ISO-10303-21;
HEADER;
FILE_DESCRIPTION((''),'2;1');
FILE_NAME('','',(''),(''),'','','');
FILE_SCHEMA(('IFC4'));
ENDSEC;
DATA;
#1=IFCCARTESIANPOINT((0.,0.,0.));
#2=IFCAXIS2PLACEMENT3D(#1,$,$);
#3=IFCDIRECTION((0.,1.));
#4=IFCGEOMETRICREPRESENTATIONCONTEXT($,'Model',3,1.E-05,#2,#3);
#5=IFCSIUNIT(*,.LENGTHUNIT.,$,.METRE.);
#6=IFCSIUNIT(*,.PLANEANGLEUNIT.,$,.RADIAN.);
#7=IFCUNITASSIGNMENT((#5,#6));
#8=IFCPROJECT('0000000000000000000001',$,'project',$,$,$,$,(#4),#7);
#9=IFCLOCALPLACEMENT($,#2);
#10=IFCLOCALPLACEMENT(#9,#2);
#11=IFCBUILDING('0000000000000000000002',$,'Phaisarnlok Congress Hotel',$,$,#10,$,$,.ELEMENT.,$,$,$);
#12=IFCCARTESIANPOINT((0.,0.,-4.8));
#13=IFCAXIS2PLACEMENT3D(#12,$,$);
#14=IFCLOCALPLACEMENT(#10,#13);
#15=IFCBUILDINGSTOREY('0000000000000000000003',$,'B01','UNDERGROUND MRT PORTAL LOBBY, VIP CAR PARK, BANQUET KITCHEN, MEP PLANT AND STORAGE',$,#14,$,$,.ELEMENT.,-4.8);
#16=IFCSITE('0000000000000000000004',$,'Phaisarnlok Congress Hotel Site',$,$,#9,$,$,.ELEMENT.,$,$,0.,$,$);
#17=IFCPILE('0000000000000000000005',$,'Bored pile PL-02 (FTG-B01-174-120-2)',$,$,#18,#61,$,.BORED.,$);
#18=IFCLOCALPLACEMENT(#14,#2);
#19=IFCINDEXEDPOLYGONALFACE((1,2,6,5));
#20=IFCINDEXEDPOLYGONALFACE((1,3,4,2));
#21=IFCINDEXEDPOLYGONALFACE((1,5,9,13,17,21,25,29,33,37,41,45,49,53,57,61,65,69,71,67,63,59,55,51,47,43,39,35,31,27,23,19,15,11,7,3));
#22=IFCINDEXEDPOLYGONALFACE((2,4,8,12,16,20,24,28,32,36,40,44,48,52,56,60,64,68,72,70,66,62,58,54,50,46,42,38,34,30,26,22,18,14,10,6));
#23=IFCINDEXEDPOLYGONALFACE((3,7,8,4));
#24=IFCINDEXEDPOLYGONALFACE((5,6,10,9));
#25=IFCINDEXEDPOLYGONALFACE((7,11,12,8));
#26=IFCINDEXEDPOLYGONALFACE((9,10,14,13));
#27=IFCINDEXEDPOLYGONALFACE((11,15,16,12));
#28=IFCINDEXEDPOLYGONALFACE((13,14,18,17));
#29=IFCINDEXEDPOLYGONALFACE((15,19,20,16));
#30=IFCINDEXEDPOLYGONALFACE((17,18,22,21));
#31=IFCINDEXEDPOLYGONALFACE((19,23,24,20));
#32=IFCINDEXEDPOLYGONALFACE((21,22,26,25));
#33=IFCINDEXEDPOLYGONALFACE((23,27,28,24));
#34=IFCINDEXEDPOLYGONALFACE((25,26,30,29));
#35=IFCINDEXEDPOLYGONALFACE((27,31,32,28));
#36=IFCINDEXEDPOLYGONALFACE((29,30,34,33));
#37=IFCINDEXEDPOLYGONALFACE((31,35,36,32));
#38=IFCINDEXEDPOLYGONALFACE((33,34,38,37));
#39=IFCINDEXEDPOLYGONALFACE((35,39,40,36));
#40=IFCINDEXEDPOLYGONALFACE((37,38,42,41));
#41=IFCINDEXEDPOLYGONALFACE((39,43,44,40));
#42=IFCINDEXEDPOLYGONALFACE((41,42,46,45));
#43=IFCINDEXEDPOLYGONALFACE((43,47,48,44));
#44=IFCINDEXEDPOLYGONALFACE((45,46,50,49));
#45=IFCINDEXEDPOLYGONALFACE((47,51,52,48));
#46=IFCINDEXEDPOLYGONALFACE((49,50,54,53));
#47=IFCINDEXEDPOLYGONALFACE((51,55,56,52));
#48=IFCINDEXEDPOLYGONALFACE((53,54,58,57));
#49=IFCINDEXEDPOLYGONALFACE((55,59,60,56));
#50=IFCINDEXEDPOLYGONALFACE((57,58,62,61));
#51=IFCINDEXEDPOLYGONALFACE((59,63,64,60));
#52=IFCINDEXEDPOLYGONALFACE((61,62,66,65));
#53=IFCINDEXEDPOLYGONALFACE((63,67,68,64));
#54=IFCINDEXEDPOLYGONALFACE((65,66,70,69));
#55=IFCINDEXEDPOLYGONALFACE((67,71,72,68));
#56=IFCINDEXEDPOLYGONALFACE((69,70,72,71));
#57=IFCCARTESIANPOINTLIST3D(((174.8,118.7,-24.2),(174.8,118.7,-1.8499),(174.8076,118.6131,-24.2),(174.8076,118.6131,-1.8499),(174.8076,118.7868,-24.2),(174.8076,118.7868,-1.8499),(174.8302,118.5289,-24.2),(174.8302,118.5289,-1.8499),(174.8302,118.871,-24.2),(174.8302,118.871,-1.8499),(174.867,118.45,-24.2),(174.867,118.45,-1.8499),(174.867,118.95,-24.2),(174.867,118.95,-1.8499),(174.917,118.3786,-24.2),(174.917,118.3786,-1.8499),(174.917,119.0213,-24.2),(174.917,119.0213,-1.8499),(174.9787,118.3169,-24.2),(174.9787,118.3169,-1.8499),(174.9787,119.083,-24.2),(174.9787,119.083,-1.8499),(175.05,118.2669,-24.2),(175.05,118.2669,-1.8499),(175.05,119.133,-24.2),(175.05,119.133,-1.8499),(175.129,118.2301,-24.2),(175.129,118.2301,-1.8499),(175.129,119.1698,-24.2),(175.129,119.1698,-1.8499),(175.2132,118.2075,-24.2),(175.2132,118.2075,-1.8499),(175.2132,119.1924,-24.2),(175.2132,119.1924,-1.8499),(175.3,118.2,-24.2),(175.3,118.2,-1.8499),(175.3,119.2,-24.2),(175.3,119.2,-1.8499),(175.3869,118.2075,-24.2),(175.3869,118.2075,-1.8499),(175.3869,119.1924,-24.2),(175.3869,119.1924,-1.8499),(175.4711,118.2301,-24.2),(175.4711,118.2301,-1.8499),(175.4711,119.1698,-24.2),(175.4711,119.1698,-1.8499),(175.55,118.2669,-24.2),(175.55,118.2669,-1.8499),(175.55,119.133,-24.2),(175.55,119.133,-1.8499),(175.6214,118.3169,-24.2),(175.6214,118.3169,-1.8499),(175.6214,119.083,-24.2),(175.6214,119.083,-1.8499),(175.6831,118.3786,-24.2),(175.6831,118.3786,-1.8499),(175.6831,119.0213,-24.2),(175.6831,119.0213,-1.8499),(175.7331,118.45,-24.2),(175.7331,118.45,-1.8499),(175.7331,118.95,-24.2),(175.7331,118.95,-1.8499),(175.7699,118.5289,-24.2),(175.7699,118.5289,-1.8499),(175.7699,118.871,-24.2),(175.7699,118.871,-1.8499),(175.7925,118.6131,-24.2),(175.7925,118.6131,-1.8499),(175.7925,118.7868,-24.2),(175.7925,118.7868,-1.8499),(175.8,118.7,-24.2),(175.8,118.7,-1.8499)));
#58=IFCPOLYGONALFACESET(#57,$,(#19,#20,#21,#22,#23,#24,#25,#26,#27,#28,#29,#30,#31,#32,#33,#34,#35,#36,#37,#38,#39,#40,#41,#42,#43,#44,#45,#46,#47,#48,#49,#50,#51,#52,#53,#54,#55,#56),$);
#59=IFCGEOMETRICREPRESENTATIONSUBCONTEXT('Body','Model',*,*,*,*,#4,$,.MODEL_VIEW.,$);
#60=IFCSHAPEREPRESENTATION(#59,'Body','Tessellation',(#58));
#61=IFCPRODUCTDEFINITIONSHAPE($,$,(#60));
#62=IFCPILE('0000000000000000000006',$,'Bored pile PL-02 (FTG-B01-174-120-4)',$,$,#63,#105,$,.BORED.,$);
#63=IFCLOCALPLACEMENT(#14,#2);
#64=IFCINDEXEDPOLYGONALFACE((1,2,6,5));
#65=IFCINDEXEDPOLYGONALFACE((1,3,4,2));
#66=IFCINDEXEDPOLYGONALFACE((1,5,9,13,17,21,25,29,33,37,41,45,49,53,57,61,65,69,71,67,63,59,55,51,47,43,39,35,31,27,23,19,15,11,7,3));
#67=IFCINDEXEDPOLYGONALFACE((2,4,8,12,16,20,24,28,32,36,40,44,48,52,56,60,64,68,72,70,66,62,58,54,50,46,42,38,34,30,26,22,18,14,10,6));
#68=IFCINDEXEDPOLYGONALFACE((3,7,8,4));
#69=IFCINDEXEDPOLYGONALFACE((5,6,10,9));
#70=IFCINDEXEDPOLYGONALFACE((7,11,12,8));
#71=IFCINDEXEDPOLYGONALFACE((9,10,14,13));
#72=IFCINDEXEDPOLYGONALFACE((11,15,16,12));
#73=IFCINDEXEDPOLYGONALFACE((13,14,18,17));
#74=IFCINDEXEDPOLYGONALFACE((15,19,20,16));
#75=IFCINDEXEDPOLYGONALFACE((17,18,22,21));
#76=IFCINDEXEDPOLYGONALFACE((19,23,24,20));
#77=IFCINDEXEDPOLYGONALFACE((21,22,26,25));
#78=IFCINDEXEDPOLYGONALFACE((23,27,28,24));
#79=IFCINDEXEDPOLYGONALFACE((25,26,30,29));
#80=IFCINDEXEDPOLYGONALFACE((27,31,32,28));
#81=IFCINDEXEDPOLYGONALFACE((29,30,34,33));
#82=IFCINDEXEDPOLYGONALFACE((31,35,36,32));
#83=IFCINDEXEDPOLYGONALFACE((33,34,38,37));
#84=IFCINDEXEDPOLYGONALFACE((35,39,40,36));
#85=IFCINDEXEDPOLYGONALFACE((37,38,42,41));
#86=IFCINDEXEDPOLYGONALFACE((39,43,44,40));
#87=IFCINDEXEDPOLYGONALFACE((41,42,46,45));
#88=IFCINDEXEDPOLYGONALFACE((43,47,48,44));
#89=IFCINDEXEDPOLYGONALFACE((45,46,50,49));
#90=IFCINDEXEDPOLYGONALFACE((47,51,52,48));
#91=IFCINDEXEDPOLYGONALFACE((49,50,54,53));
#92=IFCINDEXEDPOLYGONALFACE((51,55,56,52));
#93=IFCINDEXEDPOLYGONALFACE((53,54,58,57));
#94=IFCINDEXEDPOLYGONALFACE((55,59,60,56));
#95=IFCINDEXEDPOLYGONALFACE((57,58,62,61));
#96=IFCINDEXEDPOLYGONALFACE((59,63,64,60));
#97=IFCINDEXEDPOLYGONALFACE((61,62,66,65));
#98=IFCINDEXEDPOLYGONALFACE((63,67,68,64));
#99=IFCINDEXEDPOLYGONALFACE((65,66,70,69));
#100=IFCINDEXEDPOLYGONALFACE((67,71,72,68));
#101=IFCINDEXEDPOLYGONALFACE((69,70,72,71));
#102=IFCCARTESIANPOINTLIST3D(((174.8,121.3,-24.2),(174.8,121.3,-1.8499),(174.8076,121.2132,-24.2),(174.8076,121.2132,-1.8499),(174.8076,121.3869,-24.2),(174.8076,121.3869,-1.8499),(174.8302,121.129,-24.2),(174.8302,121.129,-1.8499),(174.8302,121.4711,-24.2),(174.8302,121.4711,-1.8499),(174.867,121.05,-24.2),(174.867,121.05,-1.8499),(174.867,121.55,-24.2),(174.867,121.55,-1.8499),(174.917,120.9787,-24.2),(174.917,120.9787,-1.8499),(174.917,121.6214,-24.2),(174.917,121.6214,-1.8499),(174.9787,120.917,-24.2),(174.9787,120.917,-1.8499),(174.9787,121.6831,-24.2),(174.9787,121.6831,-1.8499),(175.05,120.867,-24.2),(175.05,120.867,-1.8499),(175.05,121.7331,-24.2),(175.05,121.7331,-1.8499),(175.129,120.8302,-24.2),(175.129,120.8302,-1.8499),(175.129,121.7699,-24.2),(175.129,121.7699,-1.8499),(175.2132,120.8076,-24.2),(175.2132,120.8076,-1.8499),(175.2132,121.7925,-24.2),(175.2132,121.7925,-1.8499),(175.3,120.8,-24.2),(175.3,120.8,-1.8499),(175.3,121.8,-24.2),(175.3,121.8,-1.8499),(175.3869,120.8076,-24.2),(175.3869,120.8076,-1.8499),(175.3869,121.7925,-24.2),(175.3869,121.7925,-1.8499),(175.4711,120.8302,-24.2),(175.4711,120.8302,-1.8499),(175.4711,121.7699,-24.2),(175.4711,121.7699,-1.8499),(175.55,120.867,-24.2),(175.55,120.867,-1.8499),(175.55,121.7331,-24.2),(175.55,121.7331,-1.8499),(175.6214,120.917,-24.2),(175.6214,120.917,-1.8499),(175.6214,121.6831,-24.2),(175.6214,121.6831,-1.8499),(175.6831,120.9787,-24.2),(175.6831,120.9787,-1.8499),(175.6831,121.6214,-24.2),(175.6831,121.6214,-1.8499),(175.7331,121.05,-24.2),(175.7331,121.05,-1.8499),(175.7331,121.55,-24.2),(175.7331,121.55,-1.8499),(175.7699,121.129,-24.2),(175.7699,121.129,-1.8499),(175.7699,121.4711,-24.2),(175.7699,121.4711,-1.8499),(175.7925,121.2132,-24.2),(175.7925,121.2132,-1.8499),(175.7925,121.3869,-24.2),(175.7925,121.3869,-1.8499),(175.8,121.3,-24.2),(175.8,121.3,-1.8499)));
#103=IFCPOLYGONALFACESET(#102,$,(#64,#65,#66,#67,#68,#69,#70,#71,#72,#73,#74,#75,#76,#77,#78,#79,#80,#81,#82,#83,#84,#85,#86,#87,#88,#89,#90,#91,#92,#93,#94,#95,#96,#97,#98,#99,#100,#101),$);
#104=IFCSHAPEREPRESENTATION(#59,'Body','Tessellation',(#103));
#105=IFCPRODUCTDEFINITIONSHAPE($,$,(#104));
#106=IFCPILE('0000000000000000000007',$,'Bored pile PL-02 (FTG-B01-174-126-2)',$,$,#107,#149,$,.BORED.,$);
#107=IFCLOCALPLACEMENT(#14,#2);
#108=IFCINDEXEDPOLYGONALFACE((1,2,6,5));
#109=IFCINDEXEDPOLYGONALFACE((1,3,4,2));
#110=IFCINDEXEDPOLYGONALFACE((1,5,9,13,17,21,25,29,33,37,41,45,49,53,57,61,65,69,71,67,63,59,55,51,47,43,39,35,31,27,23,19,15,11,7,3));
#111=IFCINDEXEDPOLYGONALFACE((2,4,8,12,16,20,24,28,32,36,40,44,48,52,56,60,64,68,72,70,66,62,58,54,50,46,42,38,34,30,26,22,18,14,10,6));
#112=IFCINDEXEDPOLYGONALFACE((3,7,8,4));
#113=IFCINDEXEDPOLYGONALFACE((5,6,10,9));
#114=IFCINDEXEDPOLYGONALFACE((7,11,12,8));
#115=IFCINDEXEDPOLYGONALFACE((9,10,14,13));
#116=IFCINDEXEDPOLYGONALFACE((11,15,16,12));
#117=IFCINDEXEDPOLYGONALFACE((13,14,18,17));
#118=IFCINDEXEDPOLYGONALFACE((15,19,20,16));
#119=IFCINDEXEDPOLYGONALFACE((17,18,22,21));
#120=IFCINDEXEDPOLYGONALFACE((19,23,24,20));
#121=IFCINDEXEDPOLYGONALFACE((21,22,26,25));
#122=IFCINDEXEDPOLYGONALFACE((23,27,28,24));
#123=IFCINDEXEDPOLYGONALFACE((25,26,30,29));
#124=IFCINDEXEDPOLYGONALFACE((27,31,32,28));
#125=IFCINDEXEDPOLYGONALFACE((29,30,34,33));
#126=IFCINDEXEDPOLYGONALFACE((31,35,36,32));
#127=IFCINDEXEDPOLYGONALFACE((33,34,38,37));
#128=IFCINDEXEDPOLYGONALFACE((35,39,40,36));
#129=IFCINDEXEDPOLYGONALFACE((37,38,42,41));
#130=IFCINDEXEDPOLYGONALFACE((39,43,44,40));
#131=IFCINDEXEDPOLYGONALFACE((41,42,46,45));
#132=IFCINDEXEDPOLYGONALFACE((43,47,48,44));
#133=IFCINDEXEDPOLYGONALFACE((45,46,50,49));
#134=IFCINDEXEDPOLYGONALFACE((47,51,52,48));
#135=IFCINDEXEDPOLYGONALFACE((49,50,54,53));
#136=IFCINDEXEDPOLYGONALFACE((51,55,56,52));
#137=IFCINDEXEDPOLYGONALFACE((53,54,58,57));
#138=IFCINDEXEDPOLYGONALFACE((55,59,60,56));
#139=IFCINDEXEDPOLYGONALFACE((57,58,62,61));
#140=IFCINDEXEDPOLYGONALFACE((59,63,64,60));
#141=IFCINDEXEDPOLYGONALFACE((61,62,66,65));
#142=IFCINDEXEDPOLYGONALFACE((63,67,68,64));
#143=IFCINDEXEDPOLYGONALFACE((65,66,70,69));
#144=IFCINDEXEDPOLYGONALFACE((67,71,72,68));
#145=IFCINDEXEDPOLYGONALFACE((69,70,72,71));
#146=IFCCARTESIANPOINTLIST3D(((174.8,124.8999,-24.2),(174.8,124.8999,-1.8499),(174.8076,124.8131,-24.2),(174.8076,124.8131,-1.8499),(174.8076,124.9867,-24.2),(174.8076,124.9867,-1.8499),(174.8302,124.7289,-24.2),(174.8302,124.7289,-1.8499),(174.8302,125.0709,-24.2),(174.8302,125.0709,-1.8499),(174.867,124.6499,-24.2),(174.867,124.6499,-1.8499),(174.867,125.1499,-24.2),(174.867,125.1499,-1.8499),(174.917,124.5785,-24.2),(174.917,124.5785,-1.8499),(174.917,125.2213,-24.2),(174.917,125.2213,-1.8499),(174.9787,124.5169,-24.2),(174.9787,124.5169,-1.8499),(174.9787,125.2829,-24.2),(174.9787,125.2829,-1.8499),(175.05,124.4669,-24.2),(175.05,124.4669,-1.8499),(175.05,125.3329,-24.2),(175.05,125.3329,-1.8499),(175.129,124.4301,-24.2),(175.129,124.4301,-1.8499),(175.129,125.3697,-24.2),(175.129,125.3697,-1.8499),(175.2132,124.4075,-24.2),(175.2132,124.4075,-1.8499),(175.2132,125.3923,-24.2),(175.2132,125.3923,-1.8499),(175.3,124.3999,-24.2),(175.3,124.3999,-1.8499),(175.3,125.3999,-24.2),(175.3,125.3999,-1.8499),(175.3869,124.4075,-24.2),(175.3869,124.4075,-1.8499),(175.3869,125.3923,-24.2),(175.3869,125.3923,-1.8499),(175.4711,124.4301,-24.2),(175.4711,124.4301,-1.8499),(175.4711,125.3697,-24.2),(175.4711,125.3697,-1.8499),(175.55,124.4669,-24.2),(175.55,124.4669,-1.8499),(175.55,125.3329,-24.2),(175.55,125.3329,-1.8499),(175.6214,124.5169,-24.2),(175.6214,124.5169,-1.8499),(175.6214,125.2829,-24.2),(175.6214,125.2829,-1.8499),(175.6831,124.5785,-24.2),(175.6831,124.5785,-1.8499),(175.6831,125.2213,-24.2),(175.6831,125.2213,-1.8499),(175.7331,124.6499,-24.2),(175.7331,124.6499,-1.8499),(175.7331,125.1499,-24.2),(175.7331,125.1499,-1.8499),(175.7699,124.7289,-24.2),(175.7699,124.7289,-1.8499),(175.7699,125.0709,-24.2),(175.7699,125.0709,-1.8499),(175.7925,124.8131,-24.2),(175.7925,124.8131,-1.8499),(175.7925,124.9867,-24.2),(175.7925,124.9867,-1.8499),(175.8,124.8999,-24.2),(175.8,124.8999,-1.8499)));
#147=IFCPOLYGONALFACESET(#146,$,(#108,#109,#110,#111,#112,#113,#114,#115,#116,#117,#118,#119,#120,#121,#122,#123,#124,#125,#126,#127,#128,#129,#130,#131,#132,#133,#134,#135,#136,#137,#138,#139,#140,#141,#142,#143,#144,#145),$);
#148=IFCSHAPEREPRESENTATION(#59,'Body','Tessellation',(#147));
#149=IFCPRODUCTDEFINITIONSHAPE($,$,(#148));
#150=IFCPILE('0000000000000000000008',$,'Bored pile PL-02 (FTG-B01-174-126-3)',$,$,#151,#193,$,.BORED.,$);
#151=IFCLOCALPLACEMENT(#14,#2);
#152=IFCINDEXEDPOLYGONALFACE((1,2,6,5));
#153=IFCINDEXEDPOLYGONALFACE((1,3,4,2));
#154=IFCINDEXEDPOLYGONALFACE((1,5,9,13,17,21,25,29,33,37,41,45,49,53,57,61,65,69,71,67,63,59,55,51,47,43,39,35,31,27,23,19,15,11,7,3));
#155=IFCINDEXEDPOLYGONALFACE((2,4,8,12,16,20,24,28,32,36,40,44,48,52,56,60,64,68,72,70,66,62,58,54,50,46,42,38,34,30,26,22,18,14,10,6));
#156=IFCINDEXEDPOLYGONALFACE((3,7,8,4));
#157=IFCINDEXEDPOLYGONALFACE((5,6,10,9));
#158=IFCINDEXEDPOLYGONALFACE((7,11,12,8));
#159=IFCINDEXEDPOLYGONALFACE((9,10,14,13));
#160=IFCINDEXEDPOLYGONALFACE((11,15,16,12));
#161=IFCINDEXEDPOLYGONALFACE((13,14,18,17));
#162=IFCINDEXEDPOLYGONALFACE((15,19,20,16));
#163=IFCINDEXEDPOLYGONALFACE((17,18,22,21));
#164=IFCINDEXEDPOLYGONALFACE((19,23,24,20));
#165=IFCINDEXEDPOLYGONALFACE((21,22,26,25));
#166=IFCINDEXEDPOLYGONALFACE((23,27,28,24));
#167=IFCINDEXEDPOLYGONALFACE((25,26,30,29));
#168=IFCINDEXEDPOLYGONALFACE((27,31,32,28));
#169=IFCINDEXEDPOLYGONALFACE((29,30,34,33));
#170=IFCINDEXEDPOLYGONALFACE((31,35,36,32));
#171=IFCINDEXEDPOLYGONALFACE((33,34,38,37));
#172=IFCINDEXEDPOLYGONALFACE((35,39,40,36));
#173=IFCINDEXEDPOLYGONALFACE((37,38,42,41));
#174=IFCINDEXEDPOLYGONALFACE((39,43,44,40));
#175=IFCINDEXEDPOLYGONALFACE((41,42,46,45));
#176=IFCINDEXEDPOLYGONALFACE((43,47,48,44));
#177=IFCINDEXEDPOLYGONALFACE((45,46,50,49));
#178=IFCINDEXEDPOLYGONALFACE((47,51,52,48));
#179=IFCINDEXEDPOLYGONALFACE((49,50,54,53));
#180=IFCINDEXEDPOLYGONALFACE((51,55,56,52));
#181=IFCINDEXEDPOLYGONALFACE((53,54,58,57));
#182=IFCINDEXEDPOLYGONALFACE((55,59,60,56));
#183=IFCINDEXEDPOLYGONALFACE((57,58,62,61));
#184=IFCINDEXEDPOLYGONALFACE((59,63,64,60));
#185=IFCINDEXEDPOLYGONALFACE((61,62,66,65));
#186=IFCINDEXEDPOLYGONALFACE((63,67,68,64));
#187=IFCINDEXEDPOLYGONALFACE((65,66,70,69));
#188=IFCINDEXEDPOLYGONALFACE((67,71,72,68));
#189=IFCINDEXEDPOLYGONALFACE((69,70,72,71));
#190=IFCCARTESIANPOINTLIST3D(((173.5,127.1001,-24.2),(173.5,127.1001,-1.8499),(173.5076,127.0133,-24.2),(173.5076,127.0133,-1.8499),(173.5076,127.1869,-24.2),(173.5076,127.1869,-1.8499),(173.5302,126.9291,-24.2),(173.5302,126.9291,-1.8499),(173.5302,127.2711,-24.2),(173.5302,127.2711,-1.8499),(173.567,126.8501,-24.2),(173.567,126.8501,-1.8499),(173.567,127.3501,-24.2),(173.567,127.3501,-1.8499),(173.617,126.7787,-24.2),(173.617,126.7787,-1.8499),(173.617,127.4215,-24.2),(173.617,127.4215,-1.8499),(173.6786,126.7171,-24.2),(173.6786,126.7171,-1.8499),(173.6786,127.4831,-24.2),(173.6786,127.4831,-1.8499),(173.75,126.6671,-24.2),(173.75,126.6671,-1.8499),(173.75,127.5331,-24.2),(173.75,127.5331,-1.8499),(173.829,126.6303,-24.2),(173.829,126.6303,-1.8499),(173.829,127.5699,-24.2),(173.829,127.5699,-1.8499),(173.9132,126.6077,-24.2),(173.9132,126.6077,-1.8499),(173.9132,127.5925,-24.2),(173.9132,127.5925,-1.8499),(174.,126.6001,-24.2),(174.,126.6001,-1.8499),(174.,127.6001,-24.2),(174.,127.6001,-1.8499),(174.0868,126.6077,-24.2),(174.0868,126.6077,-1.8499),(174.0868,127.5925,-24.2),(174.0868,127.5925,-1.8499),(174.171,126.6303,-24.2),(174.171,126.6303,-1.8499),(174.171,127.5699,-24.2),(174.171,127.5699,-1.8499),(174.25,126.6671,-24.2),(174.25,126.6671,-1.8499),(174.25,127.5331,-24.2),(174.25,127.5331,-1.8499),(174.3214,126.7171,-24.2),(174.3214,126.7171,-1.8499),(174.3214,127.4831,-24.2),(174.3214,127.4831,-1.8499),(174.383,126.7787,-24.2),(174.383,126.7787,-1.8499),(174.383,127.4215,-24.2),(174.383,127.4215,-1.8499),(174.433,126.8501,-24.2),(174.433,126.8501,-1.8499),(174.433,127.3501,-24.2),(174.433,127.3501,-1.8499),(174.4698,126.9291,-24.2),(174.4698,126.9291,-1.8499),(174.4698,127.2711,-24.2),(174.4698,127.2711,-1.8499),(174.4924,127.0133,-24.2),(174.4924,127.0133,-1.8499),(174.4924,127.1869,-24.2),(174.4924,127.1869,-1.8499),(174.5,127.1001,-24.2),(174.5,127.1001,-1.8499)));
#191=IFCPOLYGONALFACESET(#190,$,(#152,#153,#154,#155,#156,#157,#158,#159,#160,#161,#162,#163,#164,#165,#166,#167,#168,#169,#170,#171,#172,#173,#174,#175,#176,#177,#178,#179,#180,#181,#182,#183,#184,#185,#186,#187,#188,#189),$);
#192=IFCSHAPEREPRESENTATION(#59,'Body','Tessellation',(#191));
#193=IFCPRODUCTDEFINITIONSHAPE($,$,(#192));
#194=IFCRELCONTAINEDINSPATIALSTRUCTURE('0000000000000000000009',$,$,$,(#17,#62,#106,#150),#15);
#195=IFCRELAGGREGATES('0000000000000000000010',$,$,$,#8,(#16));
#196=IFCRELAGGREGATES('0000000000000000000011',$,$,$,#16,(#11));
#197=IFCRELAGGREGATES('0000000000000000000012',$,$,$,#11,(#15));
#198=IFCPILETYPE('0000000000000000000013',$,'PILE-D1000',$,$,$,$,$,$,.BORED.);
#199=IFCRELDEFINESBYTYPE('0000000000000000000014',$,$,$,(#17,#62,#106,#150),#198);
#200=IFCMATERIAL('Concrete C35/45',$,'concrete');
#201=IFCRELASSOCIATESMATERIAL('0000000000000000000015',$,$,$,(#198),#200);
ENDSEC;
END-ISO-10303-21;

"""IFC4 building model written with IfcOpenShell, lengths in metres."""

from ifc_helpers import new_model, si_unit, direction, frame, origin, origin_2d, place, context, subcontext, project, spatial, circle, extrude, material, material_profile, profile_set, type_object, element, save


model = new_model("IFC4")

# Units and contexts
model_context = context("Model", 3, precision=1e-05, world=origin(), true_north=direction((0.0, 1.0)))
body_context = subcontext(model_context, "Body", "Model", "MODEL_VIEW")
ifc_project = project(units=[si_unit("LENGTHUNIT", "METRE"), si_unit("PLANEANGLEUNIT", "RADIAN")], contexts=[model_context])

# Site, building, storey
site_placement = place(None, origin())
site = spatial("IfcSite", under=ifc_project, at=site_placement, Name="Phaisarnlok Congress Hotel Site", CompositionType="ELEMENT", RefElevation=0.0)
building_placement = place(site_placement, origin())
building = spatial("IfcBuilding", under=site, at=building_placement, Name="Phaisarnlok Congress Hotel", CompositionType="ELEMENT")
storey_placement = place(building_placement, frame((0.0, 0.0, -4.8)))
storey = spatial("IfcBuildingStorey", under=building, at=storey_placement, Name="B01", Description="UNDERGROUND MRT PORTAL LOBBY, VIP CAR PARK, BANQUET KITCHEN, MEP PLANT AND STORAGE", CompositionType="ELEMENT", Elevation=-4.8)

# Piles
ifc_material_1 = material(Name="Concrete C35/45", Category="concrete")
ifc_material_profile_1 = material_profile(ifc_material_1, circle(Radius=0.5, at=origin_2d()), Name="BORED PILE D1000")
ifc_profile_set_1 = profile_set([ifc_material_profile_1], Name="Concrete C35/45")
pile_type = type_object("IfcPileType", Name="PILE-D1000", PredefinedType="BORED", material=ifc_profile_set_1)
for number, where, z_axis, x_axis, name in (
    (1, (175.3, 118.7, -1.8499), (0.0, 0.0, -1.0), (1.0, 0.0, 0.0), "Bored pile PL-02 (FTG-B01-174-120-2)"),
    (2, (175.3, 121.3, -1.8499), (0.0, 0.0, -1.0), (1.0, 0.0, 0.0), "Bored pile PL-02 (FTG-B01-174-120-4)"),
    (3, (175.3, 124.8999, -1.8499), (0.0, 0.0, -1.0), (1.0, 0.0, 0.0), "Bored pile PL-02 (FTG-B01-174-126-2)"),
    (4, (174.0, 127.1001, -1.8499), (0.0, 0.0, -1.0), (1.0, 0.0, 0.0), "Bored pile PL-02 (FTG-B01-174-126-3)"),
):
    element("IfcPile", number, at=place(storey_placement, frame(where, z_axis=z_axis, x_axis=x_axis)), inside=storey, type_object=pile_type, Name=name, PredefinedType="BORED", context=body_context, shape_type="SweptSolid", body=[
        extrude(circle(Radius=0.5, at=origin_2d()), origin(), (0.0, 0.0, 1.0), 22.3501),
    ])

save(model, "model.ifc")
